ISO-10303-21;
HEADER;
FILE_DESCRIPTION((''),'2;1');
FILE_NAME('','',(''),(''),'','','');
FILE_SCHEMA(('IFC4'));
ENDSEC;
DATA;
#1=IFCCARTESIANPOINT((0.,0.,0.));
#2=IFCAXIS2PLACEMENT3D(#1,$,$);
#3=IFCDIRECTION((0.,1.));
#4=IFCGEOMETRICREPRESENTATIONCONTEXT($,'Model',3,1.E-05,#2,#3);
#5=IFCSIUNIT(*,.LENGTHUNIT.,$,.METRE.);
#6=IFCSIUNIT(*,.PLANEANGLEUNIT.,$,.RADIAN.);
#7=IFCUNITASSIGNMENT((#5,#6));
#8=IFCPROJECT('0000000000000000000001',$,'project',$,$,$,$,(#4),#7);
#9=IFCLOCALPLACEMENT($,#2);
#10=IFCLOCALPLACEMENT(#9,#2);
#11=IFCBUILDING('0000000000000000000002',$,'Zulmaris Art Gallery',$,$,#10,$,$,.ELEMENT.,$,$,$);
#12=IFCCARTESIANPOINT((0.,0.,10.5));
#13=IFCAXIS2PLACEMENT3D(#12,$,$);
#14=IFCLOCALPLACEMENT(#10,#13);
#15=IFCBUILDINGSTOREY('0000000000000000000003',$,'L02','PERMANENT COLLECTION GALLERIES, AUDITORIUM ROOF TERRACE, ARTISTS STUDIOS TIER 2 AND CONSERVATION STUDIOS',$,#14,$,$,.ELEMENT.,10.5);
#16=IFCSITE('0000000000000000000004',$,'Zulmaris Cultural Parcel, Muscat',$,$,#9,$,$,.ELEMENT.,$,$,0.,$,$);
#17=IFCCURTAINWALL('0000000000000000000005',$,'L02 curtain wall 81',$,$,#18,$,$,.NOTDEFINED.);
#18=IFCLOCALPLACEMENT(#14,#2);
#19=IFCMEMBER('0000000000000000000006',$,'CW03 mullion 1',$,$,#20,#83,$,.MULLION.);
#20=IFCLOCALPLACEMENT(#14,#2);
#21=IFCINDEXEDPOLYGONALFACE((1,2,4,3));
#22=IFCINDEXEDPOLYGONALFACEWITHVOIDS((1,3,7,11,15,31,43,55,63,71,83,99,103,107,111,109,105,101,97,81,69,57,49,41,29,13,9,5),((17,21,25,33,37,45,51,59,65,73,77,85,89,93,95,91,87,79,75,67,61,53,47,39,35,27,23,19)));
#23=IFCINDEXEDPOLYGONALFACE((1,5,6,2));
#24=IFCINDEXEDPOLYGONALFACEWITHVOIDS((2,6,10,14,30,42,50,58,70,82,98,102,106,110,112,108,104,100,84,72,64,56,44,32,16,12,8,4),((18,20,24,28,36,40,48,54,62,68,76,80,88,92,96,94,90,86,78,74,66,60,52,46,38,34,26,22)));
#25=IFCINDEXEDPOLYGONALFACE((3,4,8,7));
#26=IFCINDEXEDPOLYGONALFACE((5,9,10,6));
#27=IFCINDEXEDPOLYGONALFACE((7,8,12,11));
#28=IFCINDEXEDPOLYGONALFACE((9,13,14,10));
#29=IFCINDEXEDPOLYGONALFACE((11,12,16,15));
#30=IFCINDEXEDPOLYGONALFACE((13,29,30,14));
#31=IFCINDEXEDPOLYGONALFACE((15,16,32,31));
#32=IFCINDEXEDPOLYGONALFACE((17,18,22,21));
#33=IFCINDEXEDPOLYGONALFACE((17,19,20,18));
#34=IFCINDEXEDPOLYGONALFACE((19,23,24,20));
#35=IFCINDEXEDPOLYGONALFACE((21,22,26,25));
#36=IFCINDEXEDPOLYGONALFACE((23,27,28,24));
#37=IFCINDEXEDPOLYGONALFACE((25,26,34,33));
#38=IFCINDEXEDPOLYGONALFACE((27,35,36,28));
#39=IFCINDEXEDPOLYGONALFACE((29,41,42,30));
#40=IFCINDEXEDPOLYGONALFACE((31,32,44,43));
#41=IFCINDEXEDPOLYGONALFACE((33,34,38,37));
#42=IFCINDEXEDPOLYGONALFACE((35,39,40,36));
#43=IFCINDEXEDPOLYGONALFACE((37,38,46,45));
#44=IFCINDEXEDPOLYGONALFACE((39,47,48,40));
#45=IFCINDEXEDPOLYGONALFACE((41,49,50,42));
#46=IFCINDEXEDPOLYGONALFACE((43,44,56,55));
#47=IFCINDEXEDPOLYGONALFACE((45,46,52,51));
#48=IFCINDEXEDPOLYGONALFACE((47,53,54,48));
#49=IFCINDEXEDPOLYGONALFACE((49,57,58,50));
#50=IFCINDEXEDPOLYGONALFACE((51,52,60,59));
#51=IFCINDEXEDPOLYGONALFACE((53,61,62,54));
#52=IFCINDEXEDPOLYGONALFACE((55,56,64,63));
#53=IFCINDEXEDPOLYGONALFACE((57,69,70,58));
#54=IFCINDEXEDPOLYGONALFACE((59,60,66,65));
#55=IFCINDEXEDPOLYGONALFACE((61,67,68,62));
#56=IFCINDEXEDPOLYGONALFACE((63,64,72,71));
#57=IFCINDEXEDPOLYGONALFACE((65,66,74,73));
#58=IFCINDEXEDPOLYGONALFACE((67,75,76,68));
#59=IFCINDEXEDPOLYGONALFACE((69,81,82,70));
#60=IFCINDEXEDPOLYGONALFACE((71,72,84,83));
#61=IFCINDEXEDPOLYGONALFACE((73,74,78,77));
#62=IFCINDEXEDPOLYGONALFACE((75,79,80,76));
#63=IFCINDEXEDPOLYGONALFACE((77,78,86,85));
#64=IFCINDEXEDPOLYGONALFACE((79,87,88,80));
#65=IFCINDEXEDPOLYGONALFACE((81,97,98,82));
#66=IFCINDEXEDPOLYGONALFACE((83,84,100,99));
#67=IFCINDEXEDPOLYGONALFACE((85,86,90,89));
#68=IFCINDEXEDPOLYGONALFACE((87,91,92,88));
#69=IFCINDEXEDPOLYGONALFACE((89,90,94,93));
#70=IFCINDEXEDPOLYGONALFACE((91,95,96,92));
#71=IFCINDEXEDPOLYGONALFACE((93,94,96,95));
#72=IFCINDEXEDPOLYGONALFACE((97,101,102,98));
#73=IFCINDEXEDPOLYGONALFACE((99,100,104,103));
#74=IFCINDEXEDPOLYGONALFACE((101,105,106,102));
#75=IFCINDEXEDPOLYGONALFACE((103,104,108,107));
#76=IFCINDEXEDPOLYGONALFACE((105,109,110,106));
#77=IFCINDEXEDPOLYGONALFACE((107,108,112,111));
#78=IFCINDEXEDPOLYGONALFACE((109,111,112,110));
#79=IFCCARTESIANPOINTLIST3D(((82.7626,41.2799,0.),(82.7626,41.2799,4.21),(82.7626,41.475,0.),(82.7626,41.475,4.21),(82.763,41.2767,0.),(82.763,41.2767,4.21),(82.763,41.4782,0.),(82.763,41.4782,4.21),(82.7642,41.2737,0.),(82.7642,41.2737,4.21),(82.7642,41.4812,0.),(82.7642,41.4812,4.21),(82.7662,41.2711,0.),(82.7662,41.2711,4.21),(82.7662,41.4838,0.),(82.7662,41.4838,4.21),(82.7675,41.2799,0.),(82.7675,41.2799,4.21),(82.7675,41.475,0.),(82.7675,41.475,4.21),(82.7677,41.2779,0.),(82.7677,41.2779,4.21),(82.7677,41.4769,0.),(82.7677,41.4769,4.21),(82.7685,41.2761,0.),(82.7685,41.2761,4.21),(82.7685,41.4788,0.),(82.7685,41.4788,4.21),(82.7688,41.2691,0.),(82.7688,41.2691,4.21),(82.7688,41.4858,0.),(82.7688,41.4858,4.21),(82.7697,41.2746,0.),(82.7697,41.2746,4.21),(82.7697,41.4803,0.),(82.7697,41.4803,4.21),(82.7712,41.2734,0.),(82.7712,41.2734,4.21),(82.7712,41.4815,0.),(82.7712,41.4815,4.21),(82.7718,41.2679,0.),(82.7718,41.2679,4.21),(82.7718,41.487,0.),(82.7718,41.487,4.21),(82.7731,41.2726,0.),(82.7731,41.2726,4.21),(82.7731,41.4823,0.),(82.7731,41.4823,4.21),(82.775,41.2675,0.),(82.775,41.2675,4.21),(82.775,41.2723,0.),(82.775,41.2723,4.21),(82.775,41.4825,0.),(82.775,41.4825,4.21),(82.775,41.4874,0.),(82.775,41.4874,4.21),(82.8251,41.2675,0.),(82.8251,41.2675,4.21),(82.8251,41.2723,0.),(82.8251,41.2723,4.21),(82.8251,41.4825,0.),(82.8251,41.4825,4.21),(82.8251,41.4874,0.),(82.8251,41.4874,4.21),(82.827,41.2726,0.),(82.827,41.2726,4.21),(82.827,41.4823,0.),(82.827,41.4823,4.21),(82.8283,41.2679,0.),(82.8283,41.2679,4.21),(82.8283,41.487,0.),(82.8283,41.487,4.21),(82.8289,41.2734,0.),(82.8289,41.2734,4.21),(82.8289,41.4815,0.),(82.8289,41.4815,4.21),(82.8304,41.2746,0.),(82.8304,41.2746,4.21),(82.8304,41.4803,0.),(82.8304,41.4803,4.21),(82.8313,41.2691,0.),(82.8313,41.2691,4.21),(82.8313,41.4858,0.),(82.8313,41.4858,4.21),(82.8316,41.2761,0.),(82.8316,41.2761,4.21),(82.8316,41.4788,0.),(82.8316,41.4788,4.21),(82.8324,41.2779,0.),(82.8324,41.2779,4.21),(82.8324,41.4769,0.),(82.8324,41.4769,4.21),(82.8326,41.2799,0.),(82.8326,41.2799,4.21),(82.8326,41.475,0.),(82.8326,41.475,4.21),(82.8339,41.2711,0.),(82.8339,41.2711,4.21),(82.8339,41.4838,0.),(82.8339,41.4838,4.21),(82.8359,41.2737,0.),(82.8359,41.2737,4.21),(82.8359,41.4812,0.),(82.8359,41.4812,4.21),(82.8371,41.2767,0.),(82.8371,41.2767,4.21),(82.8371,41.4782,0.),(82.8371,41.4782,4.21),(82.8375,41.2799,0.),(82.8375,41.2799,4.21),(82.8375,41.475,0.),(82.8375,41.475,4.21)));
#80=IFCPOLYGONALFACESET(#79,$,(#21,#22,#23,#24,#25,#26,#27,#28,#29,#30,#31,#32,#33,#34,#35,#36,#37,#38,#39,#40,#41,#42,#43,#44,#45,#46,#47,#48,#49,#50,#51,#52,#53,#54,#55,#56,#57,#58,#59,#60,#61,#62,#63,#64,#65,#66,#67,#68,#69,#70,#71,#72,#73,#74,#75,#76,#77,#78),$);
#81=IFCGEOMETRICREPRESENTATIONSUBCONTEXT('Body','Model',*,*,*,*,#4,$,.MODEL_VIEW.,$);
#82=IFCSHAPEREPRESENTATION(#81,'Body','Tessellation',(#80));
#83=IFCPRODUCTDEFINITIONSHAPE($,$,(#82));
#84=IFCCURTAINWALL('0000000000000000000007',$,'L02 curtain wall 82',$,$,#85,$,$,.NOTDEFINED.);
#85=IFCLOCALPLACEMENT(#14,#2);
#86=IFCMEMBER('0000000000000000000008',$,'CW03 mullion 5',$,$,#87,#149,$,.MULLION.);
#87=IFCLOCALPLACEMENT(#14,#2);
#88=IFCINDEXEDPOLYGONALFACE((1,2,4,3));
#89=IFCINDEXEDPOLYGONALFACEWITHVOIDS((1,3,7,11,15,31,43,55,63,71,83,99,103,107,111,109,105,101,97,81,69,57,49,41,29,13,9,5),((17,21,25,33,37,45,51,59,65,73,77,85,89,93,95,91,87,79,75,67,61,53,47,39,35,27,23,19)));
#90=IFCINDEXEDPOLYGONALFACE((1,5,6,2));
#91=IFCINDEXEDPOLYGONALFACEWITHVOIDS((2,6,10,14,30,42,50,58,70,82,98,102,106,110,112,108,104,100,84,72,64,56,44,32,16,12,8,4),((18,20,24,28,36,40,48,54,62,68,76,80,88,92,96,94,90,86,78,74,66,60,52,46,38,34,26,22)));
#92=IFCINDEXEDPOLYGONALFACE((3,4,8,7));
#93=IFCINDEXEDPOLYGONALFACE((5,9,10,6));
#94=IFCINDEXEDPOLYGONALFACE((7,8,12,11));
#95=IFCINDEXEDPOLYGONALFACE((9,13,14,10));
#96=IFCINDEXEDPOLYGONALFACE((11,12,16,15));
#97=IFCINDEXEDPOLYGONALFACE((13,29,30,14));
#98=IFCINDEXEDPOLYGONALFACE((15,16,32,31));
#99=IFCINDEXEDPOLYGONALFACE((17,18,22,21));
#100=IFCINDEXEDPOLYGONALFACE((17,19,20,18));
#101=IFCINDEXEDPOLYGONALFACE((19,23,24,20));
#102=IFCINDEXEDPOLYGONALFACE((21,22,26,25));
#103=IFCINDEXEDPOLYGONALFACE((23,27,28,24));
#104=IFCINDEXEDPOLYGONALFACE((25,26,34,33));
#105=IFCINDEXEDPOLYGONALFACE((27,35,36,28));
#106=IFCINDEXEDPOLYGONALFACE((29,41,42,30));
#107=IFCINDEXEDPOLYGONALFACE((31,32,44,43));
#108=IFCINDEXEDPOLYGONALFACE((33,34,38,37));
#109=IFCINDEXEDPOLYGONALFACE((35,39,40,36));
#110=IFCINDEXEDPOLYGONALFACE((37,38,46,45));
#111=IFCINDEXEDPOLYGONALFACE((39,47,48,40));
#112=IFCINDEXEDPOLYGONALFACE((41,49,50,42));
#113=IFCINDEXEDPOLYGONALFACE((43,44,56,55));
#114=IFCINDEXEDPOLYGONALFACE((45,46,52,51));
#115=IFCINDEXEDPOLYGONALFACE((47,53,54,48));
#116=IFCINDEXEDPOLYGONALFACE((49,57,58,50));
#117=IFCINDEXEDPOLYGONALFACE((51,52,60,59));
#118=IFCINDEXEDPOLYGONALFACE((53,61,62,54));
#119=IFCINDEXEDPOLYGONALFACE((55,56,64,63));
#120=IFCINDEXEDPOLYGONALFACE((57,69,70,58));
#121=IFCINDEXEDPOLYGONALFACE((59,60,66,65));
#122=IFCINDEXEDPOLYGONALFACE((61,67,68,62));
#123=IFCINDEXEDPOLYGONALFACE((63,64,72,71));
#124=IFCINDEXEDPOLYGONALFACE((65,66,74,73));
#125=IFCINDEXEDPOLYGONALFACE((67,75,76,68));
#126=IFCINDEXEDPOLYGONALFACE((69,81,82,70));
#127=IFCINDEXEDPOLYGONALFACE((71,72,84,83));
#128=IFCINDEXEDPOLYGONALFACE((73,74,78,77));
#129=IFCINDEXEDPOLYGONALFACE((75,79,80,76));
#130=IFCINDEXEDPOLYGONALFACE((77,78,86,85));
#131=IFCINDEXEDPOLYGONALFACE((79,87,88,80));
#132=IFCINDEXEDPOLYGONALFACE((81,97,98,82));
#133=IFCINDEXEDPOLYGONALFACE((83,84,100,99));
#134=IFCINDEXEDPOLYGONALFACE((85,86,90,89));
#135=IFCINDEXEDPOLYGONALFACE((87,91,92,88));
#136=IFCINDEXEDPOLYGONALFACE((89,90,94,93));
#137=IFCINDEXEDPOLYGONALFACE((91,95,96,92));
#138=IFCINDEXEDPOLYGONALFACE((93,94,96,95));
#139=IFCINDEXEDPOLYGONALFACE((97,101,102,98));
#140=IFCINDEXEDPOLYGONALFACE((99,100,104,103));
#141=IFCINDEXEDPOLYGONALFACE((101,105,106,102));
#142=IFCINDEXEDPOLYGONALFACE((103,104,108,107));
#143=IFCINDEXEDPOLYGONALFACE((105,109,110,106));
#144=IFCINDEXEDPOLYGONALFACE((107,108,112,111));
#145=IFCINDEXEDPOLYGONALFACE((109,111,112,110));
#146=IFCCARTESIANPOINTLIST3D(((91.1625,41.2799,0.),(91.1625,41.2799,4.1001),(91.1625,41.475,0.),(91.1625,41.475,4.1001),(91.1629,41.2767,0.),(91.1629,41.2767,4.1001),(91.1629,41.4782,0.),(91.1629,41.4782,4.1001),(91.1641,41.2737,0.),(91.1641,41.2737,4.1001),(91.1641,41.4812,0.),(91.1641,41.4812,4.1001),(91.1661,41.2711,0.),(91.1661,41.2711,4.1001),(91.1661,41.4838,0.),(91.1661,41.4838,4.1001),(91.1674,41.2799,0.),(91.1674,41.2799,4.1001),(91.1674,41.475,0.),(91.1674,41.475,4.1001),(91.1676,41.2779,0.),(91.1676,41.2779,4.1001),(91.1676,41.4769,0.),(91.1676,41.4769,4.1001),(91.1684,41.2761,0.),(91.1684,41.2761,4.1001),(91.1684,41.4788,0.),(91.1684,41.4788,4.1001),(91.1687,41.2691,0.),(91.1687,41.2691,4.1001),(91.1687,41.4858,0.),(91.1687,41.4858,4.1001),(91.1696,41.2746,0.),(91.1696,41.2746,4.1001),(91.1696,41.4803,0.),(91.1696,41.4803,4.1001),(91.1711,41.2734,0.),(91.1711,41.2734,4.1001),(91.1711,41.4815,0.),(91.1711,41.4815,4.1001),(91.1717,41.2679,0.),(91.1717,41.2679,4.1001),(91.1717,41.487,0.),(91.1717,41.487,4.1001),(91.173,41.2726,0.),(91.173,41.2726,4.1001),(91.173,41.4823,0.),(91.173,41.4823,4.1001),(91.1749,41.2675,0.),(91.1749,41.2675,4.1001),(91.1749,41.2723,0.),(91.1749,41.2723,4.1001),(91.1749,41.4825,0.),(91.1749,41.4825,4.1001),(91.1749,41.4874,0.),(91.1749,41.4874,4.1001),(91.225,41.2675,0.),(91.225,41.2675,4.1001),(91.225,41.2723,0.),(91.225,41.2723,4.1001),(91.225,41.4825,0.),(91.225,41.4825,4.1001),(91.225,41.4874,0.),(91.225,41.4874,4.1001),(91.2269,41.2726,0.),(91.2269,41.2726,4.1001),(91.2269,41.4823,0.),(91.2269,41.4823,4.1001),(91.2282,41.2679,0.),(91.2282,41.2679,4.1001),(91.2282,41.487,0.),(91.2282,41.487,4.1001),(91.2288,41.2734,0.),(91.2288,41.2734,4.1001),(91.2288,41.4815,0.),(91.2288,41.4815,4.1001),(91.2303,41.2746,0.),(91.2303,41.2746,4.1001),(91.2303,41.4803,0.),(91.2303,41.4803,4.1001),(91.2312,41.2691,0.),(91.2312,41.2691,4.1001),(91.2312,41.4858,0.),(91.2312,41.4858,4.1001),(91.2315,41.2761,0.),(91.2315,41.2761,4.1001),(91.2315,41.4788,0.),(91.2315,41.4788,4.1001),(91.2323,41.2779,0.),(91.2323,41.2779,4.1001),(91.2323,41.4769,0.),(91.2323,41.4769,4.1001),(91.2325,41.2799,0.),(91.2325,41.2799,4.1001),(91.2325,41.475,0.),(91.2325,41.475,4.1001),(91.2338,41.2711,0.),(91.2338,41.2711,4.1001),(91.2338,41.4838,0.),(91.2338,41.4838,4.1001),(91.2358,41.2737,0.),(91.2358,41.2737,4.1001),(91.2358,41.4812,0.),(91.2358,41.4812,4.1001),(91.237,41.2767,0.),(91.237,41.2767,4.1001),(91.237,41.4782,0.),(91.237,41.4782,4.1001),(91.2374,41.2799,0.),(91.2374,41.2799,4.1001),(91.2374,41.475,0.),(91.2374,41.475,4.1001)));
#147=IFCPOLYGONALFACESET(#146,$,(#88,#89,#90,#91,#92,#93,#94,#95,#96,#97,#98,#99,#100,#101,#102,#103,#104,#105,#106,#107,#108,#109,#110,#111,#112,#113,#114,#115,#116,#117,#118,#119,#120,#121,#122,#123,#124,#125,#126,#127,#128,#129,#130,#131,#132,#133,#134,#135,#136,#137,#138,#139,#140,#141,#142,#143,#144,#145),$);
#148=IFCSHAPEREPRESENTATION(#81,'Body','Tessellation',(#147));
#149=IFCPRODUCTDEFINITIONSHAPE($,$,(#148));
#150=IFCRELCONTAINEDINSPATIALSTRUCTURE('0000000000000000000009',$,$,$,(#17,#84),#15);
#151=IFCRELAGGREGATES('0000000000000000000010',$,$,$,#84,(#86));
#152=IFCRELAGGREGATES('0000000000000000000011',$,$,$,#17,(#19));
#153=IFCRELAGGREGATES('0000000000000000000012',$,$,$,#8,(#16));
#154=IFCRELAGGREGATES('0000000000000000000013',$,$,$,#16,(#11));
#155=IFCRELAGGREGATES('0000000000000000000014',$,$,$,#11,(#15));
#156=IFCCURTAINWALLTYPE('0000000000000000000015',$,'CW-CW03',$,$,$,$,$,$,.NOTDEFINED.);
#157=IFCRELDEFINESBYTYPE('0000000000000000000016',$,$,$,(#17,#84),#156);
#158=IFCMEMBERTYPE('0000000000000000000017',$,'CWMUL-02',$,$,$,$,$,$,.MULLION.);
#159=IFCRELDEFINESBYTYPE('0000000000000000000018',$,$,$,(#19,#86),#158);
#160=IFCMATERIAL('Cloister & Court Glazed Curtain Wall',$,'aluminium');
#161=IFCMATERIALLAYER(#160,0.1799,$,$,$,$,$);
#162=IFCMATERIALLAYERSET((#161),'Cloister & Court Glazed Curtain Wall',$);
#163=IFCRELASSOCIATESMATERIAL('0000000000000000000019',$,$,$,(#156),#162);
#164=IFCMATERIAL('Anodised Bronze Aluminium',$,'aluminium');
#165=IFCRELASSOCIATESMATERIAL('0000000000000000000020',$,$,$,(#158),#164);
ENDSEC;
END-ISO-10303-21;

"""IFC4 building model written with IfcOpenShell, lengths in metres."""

from ifc_helpers import new_model, si_unit, direction, frame, origin, origin_2d, place, context, subcontext, project, spatial, hollow_rectangle, extrude, material, layer, layer_set, material_profile, profile_set, type_object, element, aggregate, save


model = new_model("IFC4")

# Units and contexts
model_context = context("Model", 3, precision=1e-05, world=origin(), true_north=direction((0.0, 1.0)))
body_context = subcontext(model_context, "Body", "Model", "MODEL_VIEW")
ifc_project = project(units=[si_unit("LENGTHUNIT", "METRE"), si_unit("PLANEANGLEUNIT", "RADIAN")], contexts=[model_context])

# Site, building, storey
site_placement = place(None, origin())
site = spatial("IfcSite", under=ifc_project, at=site_placement, Name="Zulmaris Cultural Parcel, Muscat", CompositionType="ELEMENT", RefElevation=0.0)
building_placement = place(site_placement, origin())
building = spatial("IfcBuilding", under=site, at=building_placement, Name="Zulmaris Art Gallery", CompositionType="ELEMENT")
storey_placement = place(building_placement, frame((0.0, 0.0, 10.5)))
storey = spatial("IfcBuildingStorey", under=building, at=storey_placement, Name="L02", Description="PERMANENT COLLECTION GALLERIES, AUDITORIUM ROOF TERRACE, ARTISTS STUDIOS TIER 2 AND CONSERVATION STUDIOS", CompositionType="ELEMENT", Elevation=10.5)

# Shared definitions
ifc_material_1 = material(Name="Cloister & Court Glazed Curtain Wall", Category="aluminium")
ifc_layer_1 = layer(ifc_material_1, 0.1799)
ifc_layer_set_1 = layer_set([ifc_layer_1], Name="Cloister & Court Glazed Curtain Wall")
curtain_wall_type = type_object("IfcCurtainWallType", Name="CW-CW03", PredefinedType="NOTDEFINED", material=ifc_layer_set_1)
ifc_material_2 = material(Name="Anodised Bronze Aluminium", Category="aluminium")
ifc_material_profile_1 = material_profile(ifc_material_2, hollow_rectangle(XDim=0.075, YDim=0.22, WallThickness=0.0049, InnerFilletRadius=0.0076, OuterFilletRadius=0.0125, at=origin_2d()), Name="ALU 75x220x5")
ifc_profile_set_1 = profile_set([ifc_material_profile_1], Name="Anodised Bronze Aluminium")
member_type_1 = type_object("IfcMemberType", Name="CWMUL-02", PredefinedType="MULLION", material=ifc_profile_set_1)

# Curtain walls, members
curtain_wall_1_placement = place(storey_placement, origin())
curtain_wall_1 = element("IfcCurtainWall", 1, at=curtain_wall_1_placement, inside=storey, type_object=curtain_wall_type, Name="L02 curtain wall 81", PredefinedType="NOTDEFINED")
member_1_placement = place(storey_placement, frame((82.8, 41.3774, 0.0), z_axis=(0.0, 0.0, 1.0), x_axis=(-1.0, 0.0, 0.0)))
member_1 = element("IfcMember", 2, at=member_1_placement, type_object=member_type_1, Name="CW03 mullion 1", PredefinedType="MULLION", context=body_context, shape_type="SweptSolid", body=[
    extrude(hollow_rectangle(XDim=0.075, YDim=0.22, WallThickness=0.0049, InnerFilletRadius=0.0076, OuterFilletRadius=0.0125, at=origin_2d()), origin(), (0.0, 0.0, 1.0), 4.21),
])
curtain_wall_2_placement = place(storey_placement, origin())
curtain_wall_2 = element("IfcCurtainWall", 3, at=curtain_wall_2_placement, inside=storey, type_object=curtain_wall_type, Name="L02 curtain wall 82", PredefinedType="NOTDEFINED")
member_2_placement = place(storey_placement, frame((91.2, 41.3774, 0.0), z_axis=(0.0, 0.0, 1.0), x_axis=(1.0, 0.0, 0.0)))
member_2 = element("IfcMember", 4, at=member_2_placement, type_object=member_type_1, Name="CW03 mullion 5", PredefinedType="MULLION", context=body_context, shape_type="SweptSolid", body=[
    extrude(hollow_rectangle(XDim=0.075, YDim=0.22, WallThickness=0.0049, InnerFilletRadius=0.0076, OuterFilletRadius=0.0125, at=origin_2d()), origin(), (0.0, 0.0, 1.0), 4.1001),
])
aggregate(curtain_wall_2, [member_2])

aggregate(curtain_wall_1, [member_1])

save(model, "model.ifc")
